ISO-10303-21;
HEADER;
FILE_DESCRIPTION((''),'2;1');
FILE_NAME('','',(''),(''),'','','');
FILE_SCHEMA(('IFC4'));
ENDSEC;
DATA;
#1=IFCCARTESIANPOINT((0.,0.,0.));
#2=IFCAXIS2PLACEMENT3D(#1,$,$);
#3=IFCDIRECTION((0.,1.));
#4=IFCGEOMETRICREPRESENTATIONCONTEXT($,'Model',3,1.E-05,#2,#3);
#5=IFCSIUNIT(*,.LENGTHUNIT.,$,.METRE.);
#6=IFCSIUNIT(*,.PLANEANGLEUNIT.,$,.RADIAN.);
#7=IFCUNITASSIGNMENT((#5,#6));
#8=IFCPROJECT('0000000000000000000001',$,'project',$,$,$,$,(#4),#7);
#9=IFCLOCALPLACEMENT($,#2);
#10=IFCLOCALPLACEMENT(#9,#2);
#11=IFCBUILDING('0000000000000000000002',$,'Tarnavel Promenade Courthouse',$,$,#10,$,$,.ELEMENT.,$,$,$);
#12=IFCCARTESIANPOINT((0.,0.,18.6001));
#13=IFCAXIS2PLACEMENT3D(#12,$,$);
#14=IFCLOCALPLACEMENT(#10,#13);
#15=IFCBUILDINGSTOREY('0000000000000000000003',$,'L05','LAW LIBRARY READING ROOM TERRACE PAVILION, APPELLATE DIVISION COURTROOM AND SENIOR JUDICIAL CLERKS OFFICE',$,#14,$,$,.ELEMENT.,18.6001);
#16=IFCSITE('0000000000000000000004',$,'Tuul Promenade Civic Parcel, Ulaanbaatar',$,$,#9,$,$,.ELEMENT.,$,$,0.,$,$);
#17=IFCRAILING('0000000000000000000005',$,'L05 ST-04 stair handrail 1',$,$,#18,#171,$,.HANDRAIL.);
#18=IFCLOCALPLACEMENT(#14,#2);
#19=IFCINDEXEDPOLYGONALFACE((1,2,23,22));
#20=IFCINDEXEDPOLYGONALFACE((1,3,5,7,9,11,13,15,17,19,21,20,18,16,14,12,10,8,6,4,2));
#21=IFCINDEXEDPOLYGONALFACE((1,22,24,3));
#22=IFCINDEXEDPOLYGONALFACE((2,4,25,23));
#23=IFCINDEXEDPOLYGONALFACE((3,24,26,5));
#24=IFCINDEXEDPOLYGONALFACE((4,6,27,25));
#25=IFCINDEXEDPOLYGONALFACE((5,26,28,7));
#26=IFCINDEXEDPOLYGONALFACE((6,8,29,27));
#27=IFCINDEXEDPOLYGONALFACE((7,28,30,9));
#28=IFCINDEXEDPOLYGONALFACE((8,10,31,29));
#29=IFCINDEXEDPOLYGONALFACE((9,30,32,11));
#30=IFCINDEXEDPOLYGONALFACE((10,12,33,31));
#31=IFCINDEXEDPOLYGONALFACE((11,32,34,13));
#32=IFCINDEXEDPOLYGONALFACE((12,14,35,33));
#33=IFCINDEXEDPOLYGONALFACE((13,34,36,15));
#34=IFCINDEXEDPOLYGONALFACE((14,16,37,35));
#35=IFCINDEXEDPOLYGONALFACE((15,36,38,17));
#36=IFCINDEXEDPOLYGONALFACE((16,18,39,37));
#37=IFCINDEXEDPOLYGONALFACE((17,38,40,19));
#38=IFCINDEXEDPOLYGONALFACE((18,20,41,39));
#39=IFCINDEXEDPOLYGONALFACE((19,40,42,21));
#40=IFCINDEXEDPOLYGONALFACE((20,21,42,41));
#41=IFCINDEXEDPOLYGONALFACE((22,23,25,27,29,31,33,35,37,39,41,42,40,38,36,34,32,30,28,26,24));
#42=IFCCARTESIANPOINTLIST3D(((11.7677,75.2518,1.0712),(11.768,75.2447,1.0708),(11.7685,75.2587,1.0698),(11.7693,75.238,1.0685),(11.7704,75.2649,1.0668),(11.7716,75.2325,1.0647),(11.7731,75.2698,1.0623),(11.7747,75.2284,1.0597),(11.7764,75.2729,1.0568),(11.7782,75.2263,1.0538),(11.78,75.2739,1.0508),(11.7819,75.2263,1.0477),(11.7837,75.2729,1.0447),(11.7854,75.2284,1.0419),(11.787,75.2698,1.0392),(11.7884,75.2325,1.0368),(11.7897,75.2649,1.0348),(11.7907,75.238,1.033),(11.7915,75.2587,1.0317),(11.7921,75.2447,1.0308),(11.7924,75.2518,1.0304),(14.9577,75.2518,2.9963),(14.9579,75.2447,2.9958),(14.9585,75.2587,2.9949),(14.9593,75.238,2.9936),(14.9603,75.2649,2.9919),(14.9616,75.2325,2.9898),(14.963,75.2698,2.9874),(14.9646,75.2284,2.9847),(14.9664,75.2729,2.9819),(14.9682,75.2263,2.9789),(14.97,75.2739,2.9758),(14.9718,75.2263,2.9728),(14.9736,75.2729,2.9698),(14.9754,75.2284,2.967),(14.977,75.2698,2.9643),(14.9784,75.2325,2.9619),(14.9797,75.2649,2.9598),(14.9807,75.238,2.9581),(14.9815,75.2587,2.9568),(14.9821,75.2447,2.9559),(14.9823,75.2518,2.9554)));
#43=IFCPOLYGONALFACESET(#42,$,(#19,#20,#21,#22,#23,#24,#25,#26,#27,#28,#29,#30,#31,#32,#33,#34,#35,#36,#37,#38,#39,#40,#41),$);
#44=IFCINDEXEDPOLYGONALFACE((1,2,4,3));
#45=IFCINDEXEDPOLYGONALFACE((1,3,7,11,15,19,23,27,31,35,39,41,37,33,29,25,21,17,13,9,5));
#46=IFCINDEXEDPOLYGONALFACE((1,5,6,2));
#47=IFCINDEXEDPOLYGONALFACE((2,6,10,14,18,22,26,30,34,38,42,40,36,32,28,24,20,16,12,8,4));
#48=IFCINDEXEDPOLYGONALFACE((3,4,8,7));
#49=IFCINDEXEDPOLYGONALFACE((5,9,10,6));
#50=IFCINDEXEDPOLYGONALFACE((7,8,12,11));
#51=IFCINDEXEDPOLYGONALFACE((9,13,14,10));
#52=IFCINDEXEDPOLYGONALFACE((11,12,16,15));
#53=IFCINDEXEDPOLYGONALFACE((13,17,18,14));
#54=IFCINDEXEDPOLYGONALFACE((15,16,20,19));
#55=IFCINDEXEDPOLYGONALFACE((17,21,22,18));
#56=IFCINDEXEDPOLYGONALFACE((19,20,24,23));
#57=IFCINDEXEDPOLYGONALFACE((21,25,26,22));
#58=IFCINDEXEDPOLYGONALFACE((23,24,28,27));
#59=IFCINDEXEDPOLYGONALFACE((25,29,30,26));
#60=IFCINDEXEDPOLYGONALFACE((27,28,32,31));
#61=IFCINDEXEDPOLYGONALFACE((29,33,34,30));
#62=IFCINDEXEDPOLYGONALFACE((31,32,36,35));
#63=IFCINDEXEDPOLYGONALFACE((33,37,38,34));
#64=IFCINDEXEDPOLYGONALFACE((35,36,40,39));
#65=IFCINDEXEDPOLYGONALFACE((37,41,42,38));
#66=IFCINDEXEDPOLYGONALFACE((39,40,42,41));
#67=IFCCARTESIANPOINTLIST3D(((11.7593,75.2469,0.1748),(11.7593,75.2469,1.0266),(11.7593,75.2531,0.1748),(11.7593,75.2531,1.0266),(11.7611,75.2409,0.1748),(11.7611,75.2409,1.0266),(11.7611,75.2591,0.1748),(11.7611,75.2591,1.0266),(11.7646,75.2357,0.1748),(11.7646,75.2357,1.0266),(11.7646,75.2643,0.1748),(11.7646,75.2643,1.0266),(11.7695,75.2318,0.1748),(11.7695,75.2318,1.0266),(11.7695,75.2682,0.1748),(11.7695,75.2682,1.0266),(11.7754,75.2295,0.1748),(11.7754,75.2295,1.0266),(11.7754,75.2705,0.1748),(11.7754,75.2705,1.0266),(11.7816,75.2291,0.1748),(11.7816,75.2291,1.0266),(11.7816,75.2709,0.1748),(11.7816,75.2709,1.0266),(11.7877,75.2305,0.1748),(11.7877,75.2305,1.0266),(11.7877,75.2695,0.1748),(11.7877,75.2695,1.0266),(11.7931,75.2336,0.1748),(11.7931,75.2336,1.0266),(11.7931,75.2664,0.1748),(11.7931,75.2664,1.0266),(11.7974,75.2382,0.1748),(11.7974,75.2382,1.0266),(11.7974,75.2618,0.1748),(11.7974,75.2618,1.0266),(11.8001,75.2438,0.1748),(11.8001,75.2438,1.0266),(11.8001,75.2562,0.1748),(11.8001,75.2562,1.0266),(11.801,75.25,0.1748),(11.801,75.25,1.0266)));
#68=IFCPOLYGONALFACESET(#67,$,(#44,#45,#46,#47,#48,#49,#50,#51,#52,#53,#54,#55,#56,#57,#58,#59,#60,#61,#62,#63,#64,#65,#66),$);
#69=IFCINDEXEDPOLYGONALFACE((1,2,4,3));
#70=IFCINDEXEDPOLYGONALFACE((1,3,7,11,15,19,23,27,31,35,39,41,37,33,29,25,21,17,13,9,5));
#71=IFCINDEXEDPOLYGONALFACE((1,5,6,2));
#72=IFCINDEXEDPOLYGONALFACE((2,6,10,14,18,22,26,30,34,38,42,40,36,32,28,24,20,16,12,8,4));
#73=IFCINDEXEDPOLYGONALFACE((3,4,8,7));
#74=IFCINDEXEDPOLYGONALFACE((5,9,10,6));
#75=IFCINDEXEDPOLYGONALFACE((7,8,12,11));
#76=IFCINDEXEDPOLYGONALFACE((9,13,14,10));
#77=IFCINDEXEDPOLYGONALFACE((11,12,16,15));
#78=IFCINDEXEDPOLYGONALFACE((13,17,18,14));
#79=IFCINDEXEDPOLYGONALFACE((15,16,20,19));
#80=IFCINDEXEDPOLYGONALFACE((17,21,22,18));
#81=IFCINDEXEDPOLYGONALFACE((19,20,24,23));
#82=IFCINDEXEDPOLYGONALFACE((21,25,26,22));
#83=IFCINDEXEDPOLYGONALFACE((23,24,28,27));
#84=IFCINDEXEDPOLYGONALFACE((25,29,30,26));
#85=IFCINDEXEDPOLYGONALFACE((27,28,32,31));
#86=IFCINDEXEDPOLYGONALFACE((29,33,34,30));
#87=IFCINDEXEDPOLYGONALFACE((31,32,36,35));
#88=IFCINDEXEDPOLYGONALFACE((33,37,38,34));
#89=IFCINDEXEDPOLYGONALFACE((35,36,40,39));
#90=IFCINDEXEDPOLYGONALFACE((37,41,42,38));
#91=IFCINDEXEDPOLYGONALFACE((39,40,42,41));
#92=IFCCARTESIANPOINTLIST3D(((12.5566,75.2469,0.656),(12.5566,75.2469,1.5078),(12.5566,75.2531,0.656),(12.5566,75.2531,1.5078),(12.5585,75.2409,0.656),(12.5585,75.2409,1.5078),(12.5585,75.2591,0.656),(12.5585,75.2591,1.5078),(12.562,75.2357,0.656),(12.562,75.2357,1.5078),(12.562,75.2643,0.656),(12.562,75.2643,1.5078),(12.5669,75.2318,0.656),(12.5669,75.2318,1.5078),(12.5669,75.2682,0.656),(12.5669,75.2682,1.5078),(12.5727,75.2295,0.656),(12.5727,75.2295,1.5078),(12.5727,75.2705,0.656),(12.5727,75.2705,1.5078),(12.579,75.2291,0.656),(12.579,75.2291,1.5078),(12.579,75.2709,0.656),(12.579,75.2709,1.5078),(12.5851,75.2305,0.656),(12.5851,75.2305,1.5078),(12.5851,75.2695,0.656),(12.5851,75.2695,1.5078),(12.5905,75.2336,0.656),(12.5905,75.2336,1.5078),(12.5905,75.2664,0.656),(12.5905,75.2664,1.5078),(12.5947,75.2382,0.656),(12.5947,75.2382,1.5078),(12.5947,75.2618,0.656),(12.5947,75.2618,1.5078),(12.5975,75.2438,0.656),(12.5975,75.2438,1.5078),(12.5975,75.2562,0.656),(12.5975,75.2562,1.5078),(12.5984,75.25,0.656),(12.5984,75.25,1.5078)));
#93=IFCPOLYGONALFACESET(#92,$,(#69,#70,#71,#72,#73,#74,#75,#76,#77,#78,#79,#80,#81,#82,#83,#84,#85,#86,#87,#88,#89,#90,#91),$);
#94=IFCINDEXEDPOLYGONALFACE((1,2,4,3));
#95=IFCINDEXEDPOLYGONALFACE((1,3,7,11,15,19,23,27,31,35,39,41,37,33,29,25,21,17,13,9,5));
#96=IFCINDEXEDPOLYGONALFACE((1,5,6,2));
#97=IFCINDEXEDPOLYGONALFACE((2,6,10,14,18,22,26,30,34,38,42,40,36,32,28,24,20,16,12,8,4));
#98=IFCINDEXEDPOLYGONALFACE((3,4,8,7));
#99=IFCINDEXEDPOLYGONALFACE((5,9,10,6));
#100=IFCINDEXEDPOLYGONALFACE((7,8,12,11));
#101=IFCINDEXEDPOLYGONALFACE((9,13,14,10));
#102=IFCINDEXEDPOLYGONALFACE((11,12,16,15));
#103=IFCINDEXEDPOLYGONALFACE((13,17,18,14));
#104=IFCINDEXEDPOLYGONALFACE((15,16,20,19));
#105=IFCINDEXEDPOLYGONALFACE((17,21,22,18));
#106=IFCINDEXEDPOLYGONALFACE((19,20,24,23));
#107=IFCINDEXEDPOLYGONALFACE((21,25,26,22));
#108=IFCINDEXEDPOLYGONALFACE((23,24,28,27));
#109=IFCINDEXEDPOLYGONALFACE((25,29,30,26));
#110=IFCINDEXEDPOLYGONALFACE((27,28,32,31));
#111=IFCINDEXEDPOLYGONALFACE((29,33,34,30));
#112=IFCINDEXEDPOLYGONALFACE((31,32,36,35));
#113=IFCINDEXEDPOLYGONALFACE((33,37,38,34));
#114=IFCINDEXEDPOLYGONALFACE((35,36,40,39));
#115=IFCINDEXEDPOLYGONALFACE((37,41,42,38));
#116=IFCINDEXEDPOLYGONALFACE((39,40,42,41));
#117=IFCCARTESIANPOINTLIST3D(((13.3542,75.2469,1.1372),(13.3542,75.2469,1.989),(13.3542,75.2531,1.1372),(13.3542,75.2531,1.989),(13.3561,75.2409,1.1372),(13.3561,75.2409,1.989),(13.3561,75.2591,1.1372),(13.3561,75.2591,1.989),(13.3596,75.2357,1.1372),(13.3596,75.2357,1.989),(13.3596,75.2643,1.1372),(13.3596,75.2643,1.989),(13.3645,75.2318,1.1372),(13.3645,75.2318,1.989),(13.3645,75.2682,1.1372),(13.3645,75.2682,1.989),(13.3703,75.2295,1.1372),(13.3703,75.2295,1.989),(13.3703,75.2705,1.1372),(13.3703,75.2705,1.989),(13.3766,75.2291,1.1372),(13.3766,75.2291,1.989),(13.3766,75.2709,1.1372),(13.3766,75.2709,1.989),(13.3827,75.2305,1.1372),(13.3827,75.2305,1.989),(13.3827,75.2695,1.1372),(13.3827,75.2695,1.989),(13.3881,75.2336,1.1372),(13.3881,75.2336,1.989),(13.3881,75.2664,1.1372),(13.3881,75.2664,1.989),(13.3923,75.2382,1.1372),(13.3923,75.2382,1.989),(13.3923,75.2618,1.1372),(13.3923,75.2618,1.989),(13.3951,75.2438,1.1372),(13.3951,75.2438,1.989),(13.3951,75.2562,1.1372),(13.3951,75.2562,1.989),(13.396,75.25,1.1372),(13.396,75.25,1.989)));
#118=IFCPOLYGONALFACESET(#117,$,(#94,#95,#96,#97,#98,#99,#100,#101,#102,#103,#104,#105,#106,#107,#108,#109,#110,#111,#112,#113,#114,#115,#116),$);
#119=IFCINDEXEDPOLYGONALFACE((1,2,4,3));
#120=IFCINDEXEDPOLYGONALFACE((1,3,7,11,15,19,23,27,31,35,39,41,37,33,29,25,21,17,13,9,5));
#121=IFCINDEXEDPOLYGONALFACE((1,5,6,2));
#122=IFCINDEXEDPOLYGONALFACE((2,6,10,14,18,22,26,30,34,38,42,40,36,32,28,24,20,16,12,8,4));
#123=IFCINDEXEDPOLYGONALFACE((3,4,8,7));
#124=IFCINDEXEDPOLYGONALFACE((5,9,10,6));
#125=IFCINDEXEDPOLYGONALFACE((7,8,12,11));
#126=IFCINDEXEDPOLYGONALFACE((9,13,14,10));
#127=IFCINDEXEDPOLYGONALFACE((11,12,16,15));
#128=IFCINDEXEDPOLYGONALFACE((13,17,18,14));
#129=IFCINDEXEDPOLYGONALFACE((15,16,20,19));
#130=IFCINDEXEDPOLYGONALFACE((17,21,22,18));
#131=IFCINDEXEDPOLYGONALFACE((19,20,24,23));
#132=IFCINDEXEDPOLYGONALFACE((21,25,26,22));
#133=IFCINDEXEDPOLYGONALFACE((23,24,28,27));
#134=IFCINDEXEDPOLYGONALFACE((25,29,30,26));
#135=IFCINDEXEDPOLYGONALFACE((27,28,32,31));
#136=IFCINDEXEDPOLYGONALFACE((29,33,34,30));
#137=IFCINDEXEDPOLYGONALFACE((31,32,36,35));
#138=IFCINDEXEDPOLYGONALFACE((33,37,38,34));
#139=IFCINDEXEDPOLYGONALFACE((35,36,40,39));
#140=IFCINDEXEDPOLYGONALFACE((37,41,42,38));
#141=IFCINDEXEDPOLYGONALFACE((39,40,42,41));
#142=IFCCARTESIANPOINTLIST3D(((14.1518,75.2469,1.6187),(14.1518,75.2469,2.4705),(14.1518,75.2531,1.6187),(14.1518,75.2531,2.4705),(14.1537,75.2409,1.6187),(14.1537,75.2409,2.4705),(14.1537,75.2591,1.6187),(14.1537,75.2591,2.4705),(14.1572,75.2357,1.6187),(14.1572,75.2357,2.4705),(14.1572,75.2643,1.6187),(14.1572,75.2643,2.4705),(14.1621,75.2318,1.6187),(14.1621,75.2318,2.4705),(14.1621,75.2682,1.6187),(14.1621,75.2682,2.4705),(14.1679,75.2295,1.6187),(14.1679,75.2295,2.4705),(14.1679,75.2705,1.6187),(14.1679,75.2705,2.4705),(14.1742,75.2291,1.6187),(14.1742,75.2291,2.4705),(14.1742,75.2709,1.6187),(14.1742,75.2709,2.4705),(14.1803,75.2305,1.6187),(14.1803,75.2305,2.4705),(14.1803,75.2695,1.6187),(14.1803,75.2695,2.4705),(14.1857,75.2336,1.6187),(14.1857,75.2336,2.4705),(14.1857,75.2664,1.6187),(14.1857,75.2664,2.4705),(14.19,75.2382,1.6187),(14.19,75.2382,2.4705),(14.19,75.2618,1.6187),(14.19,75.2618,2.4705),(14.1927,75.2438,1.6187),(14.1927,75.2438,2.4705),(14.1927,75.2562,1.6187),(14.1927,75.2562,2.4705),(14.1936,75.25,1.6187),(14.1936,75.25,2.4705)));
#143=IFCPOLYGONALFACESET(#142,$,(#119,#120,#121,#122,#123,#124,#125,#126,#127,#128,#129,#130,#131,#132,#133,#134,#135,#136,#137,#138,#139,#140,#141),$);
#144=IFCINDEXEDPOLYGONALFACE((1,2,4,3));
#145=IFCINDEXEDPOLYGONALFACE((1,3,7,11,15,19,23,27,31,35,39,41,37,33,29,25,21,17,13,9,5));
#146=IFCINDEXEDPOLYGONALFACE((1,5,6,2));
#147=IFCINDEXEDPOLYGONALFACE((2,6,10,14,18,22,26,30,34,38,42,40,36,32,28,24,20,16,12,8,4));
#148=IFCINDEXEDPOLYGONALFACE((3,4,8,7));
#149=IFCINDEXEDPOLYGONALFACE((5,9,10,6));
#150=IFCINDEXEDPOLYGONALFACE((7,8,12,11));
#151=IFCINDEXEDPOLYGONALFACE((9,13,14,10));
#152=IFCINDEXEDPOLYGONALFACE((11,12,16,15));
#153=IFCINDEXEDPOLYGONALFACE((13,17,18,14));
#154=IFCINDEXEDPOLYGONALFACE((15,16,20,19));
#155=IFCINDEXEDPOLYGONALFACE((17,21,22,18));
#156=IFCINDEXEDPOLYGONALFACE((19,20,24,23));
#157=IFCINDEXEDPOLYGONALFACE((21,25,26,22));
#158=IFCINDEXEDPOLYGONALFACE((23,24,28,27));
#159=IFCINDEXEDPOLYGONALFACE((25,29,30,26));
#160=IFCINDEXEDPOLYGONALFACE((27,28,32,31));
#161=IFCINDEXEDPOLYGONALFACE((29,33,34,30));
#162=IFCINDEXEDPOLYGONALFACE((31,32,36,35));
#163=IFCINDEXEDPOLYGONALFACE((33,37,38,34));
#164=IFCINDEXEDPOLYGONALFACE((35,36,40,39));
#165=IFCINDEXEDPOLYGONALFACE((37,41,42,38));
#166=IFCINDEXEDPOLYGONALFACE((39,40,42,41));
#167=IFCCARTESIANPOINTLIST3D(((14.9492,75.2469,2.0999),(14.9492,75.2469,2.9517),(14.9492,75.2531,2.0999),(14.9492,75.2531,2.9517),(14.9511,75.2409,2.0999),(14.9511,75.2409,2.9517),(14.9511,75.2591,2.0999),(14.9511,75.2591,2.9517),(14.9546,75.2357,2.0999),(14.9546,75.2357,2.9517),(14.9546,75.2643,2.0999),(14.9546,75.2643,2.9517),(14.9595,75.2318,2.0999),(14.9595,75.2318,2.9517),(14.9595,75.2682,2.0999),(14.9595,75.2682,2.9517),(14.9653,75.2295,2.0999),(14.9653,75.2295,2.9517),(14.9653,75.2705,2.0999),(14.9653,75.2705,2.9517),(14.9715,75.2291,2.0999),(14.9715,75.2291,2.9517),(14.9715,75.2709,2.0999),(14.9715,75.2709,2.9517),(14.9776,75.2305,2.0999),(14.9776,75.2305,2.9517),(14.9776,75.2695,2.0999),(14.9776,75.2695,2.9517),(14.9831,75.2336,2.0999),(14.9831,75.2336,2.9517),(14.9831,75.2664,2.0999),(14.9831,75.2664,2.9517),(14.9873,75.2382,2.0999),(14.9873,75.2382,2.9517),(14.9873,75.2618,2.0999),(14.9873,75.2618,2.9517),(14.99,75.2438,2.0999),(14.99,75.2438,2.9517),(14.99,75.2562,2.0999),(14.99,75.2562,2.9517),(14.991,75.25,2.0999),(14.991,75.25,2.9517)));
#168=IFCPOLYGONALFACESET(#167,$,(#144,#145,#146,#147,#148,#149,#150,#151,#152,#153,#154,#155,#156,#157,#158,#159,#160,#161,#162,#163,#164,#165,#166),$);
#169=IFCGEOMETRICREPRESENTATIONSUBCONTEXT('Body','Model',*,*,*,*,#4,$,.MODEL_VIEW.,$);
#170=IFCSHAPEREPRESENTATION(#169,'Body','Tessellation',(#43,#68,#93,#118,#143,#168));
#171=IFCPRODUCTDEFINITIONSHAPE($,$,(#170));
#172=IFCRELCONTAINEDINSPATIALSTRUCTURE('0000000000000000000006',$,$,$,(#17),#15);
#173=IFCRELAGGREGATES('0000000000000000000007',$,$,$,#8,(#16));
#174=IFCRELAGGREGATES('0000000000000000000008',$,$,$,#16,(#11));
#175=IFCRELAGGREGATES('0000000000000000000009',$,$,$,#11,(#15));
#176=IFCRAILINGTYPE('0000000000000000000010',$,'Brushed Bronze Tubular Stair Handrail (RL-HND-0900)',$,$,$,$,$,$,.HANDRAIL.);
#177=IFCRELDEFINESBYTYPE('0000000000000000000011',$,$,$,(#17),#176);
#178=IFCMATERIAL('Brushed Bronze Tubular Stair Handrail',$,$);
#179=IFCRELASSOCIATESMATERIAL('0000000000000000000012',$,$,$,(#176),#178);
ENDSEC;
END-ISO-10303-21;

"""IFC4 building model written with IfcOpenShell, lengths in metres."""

from ifc_helpers import new_model, si_unit, direction, frame, origin, origin_2d, place, context, subcontext, project, spatial, circle, extrude, material, type_object, element, save


model = new_model("IFC4")

# Units and contexts
model_context = context("Model", 3, precision=1e-05, world=origin(), true_north=direction((0.0, 1.0)))
body_context = subcontext(model_context, "Body", "Model", "MODEL_VIEW")
ifc_project = project(units=[si_unit("LENGTHUNIT", "METRE"), si_unit("PLANEANGLEUNIT", "RADIAN")], contexts=[model_context])

# Site, building, storey
site_placement = place(None, origin())
site = spatial("IfcSite", under=ifc_project, at=site_placement, Name="Tuul Promenade Civic Parcel, Ulaanbaatar", CompositionType="ELEMENT", RefElevation=0.0)
building_placement = place(site_placement, origin())
building = spatial("IfcBuilding", under=site, at=building_placement, Name="Tarnavel Promenade Courthouse", CompositionType="ELEMENT")
storey_placement = place(building_placement, frame((0.0, 0.0, 18.6001)))
storey = spatial("IfcBuildingStorey", under=building, at=storey_placement, Name="L05", Description="LAW LIBRARY READING ROOM TERRACE PAVILION, APPELLATE DIVISION COURTROOM AND SENIOR JUDICIAL CLERKS OFFICE", CompositionType="ELEMENT", Elevation=18.6001)

# Railing
ifc_material_1 = material(Name="Brushed Bronze Tubular Stair Handrail")
railing_type_1 = type_object("IfcRailingType", Name="Brushed Bronze Tubular Stair Handrail (RL-HND-0900)", PredefinedType="HANDRAIL", material=ifc_material_1)
railing_1_placement = place(storey_placement, frame((11.78, 75.25, 0.1748)))
element("IfcRailing", 1, at=railing_1_placement, inside=storey, type_object=railing_type_1, Name="L05 ST-04 stair handrail 1", PredefinedType="HANDRAIL", context=body_context, shape_type="SweptSolid", body=[
    extrude(circle(Radius=0.0239, at=origin_2d()), frame((0.0, 0.0, 0.876), z_axis=(0.856178, 0.0, 0.516682), x_axis=(0.0, 1.0, 0.0)), (0.0, 0.0, 1.0), 3.7258),
    extrude(circle(Radius=0.021, at=origin_2d()), origin(), (0.0, 0.0, 1.0), 0.8518),
    extrude(circle(Radius=0.021, at=origin_2d()), frame((0.7974, 0.0, 0.4812)), (0.0, 0.0, 1.0), 0.8518),
    extrude(circle(Radius=0.021, at=origin_2d()), frame((1.595, 0.0, 0.9624)), (0.0, 0.0, 1.0), 0.8518),
    extrude(circle(Radius=0.021, at=origin_2d()), frame((2.3926, 0.0, 1.4438)), (0.0, 0.0, 1.0), 0.8518),
    extrude(circle(Radius=0.021, at=origin_2d()), frame((3.1899, 0.0, 1.925)), (0.0, 0.0, 1.0), 0.8518),
])

save(model, "model.ifc")
